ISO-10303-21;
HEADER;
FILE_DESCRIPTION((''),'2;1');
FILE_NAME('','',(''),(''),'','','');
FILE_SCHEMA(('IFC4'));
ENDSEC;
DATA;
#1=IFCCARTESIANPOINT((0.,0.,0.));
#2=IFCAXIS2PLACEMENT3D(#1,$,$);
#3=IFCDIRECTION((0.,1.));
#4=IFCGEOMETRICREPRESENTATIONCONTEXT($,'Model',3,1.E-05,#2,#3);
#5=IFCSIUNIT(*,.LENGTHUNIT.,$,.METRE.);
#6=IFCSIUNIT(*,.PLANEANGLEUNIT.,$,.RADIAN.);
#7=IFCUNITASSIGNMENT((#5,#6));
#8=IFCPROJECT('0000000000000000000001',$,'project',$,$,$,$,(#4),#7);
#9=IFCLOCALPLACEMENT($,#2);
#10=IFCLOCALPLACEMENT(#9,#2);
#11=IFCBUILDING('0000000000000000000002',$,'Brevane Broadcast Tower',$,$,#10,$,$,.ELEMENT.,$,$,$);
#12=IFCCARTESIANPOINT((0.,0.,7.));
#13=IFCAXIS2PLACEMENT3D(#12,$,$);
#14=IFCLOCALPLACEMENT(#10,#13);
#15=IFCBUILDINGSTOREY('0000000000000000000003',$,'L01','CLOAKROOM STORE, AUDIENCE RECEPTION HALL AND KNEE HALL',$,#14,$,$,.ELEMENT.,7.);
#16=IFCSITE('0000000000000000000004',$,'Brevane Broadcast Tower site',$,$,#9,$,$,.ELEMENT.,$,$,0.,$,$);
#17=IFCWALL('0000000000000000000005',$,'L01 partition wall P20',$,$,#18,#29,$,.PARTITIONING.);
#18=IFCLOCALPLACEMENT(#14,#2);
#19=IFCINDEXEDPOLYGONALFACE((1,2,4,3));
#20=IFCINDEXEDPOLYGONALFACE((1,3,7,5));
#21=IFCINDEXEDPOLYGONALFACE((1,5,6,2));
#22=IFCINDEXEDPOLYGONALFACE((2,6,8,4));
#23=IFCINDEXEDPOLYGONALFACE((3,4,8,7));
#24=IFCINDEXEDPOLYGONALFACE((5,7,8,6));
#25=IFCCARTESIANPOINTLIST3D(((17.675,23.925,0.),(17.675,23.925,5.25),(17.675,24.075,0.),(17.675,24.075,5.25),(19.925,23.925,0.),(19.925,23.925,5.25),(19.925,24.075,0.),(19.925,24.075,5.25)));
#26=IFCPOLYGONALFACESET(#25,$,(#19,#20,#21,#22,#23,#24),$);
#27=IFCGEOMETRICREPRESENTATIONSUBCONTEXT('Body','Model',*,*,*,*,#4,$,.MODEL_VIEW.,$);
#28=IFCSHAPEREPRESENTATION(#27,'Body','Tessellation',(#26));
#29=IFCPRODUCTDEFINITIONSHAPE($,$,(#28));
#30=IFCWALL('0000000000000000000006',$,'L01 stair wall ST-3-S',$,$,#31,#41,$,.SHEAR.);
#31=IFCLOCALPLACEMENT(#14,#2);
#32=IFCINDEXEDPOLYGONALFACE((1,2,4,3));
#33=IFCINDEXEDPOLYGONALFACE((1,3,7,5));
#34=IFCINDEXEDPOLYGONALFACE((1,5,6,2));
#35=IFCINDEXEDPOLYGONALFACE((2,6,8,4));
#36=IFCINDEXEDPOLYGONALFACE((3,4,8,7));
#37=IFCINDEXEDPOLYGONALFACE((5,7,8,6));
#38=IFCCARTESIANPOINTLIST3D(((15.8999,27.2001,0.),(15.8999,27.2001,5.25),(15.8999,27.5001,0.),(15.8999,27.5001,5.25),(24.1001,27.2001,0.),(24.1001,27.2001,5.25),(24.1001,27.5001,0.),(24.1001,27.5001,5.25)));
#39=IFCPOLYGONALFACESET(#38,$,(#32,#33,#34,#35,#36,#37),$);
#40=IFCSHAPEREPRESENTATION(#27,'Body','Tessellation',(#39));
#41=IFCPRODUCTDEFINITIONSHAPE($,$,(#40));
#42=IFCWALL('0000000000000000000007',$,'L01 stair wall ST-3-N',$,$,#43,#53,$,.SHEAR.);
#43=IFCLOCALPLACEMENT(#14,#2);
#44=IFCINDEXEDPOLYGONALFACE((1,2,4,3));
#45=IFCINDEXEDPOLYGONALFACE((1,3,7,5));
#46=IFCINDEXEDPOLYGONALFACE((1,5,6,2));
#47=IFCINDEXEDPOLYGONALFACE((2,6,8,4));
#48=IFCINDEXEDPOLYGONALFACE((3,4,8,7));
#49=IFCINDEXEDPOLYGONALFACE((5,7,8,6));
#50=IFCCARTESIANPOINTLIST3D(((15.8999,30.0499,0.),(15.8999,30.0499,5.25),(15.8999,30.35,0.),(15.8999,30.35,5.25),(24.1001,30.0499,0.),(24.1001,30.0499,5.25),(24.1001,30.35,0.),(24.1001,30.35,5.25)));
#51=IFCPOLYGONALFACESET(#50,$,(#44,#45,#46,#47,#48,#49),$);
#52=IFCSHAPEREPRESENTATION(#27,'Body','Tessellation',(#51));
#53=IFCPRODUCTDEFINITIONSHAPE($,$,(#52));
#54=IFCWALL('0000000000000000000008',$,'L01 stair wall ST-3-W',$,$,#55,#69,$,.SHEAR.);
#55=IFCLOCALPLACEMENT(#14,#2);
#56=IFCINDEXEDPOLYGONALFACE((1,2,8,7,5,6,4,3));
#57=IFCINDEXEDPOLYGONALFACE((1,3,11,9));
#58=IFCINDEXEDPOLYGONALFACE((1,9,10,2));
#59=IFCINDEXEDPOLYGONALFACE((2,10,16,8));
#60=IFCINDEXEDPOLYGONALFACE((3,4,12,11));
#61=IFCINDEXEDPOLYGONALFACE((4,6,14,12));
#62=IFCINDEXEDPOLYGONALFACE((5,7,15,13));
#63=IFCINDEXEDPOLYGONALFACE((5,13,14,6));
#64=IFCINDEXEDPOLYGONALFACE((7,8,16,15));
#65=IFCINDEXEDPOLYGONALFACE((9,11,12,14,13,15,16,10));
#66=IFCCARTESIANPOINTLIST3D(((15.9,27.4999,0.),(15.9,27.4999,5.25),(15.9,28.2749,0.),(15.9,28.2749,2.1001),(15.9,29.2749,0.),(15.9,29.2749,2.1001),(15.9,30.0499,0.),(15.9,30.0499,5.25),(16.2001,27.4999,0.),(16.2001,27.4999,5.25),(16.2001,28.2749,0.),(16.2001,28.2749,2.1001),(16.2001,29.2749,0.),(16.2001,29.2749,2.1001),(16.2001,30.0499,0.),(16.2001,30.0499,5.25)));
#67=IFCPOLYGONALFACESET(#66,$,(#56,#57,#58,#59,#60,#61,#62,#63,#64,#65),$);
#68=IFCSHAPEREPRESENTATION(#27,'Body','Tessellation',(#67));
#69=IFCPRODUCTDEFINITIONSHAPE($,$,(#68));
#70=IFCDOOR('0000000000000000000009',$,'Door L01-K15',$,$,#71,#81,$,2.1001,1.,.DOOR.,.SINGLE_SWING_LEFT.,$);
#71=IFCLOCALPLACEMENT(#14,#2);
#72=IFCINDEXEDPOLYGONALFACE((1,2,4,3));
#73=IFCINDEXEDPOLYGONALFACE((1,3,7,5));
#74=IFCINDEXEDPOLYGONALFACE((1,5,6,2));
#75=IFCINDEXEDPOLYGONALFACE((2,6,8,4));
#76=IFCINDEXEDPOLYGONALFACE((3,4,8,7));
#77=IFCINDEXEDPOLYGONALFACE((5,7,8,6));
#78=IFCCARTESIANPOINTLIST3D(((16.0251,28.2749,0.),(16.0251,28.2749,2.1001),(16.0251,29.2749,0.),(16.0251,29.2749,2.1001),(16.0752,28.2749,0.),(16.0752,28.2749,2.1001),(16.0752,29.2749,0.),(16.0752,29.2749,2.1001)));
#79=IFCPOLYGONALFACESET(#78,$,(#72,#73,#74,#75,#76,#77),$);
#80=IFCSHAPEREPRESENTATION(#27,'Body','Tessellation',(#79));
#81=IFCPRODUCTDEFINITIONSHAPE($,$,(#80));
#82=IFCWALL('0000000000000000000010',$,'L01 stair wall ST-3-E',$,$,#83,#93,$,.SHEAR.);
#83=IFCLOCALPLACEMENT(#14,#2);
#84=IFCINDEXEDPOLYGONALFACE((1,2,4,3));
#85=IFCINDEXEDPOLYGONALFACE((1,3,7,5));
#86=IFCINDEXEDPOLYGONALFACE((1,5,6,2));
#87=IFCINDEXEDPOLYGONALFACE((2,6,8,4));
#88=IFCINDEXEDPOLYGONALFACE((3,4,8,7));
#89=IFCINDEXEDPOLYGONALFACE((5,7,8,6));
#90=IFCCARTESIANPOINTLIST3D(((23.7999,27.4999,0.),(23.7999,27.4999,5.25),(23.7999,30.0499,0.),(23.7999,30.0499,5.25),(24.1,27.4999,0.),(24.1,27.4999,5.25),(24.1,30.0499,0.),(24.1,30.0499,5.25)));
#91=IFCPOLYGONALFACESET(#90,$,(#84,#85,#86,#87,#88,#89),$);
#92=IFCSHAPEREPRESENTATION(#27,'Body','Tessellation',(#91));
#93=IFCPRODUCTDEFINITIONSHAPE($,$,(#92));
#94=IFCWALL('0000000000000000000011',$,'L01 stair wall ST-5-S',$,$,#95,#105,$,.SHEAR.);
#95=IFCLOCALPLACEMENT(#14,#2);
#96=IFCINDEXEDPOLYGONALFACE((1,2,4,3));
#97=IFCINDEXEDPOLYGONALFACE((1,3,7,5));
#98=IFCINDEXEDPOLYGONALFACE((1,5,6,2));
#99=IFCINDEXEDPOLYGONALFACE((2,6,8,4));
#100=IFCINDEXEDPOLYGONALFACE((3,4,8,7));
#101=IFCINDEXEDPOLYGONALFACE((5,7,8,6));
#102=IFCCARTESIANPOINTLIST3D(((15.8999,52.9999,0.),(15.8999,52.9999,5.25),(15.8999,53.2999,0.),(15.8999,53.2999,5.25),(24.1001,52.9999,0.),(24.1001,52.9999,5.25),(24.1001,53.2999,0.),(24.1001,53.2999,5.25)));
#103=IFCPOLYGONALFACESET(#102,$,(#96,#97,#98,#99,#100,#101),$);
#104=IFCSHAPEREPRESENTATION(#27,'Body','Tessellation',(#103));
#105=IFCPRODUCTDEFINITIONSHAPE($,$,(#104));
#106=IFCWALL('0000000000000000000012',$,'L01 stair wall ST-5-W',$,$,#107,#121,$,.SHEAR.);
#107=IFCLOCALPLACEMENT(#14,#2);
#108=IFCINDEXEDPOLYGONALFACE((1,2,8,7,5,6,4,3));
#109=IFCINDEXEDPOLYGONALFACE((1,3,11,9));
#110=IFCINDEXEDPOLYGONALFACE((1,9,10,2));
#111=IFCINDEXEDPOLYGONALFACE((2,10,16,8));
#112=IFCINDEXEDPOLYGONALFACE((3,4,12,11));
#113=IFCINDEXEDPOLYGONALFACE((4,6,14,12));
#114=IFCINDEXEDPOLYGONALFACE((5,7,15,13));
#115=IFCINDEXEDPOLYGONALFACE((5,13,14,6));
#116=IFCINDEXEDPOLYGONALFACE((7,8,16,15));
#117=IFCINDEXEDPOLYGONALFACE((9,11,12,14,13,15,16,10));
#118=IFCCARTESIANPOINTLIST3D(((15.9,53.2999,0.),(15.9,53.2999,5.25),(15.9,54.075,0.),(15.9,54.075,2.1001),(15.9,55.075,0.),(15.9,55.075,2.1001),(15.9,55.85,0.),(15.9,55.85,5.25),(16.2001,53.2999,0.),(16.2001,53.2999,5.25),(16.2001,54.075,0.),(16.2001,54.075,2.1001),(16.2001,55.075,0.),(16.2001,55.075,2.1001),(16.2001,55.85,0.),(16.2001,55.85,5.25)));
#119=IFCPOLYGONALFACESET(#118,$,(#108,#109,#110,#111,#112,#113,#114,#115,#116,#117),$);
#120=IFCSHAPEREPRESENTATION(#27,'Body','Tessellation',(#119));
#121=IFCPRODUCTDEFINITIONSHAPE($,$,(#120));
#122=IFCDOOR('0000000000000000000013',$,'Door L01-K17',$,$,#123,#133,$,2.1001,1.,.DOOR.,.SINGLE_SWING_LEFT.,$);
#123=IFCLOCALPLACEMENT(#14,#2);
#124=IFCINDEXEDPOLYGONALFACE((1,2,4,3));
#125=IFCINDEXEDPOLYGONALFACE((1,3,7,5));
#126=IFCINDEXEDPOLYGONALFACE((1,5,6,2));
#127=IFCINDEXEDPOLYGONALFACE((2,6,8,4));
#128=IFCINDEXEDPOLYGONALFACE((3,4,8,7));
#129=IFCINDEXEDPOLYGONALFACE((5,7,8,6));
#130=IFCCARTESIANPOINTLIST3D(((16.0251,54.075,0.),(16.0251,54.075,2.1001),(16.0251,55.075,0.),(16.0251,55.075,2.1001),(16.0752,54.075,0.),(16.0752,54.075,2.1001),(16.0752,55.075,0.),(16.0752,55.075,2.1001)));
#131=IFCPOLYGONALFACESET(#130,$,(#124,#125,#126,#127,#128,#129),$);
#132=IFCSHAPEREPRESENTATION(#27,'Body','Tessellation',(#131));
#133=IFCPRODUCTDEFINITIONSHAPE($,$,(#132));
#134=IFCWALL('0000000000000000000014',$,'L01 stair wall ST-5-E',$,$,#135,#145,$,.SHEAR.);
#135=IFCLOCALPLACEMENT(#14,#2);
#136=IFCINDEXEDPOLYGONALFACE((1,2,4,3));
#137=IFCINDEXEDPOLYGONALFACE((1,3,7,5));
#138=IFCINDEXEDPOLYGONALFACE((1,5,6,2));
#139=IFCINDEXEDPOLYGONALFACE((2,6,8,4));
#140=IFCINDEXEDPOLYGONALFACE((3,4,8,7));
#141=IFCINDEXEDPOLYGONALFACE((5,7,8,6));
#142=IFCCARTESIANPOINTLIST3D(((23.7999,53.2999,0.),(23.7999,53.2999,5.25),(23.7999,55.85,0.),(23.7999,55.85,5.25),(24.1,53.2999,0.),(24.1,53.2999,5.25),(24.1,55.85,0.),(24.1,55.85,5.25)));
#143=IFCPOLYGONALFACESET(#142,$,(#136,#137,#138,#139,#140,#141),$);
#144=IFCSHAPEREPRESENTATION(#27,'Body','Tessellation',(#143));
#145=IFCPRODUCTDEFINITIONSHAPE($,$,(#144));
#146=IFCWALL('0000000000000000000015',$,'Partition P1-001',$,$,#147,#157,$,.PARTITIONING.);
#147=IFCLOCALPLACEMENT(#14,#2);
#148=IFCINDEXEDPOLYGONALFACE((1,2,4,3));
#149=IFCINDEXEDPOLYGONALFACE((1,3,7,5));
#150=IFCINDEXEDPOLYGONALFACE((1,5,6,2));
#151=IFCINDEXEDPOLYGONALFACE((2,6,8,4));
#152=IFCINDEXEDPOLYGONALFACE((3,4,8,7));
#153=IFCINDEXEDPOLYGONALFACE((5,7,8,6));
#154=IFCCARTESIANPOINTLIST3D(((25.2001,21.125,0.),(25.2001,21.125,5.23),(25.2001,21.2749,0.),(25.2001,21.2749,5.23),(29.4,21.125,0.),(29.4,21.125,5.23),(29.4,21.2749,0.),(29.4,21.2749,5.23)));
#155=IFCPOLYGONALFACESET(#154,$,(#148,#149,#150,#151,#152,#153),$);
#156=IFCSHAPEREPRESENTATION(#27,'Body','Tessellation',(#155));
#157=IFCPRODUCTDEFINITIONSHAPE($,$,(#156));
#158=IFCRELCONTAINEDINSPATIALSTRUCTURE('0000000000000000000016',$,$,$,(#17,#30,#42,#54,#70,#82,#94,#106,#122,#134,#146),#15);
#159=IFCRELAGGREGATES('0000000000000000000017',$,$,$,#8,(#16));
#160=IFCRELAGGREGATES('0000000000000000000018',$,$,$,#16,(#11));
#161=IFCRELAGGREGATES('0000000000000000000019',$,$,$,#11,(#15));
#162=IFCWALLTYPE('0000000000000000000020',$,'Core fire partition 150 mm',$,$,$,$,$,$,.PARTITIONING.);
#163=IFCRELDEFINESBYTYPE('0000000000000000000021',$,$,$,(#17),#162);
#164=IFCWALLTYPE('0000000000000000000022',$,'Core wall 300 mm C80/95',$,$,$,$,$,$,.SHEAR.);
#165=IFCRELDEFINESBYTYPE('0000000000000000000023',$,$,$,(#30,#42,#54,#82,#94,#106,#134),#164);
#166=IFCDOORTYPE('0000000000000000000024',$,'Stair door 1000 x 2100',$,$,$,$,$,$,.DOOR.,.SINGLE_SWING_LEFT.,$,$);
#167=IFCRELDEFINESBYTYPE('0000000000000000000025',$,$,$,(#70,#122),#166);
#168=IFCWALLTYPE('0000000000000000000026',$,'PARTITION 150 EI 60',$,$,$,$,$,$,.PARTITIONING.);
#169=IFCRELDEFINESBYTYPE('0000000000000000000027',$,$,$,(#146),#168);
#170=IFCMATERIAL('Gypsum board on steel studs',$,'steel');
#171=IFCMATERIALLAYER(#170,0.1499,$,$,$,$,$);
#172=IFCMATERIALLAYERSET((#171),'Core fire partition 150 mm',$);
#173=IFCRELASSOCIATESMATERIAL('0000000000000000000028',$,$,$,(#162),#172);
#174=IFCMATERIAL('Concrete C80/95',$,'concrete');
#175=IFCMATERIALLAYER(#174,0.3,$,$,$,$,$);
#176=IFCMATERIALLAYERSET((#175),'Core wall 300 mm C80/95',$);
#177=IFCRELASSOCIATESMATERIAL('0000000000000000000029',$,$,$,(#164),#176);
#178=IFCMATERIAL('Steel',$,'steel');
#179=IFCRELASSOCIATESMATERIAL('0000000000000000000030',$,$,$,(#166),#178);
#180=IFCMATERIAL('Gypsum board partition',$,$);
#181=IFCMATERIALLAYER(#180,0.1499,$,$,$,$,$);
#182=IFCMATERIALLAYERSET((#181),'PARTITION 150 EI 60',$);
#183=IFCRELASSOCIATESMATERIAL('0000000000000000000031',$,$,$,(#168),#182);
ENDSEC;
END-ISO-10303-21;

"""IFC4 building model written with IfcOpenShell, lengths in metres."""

from ifc_helpers import new_model, si_unit, direction, frame, frame_2d, origin, place, context, subcontext, project, spatial, rectangle, extrude, material, layer, layer_set, type_object, element, fill, save


model = new_model("IFC4")

# Units and contexts
model_context = context("Model", 3, precision=1e-05, world=origin(), true_north=direction((0.0, 1.0)))
body_context = subcontext(model_context, "Body", "Model", "MODEL_VIEW")
ifc_project = project(units=[si_unit("LENGTHUNIT", "METRE"), si_unit("PLANEANGLEUNIT", "RADIAN")], contexts=[model_context])

# Site, building, storey
site_placement = place(None, origin())
site = spatial("IfcSite", under=ifc_project, at=site_placement, Name="Brevane Broadcast Tower site", CompositionType="ELEMENT", RefElevation=0.0)
building_placement = place(site_placement, origin())
building = spatial("IfcBuilding", under=site, at=building_placement, Name="Brevane Broadcast Tower", CompositionType="ELEMENT")
storey_placement = place(building_placement, frame((0.0, 0.0, 7.0)))
storey = spatial("IfcBuildingStorey", under=building, at=storey_placement, Name="L01", Description="CLOAKROOM STORE, AUDIENCE RECEPTION HALL AND KNEE HALL", CompositionType="ELEMENT", Elevation=7.0)

# Shared definitions
ifc_material_1 = material(Name="Concrete C80/95", Category="concrete")

# Shared definitions
ifc_material_2 = material(Name="Gypsum board on steel studs", Category="steel")
ifc_layer_1 = layer(ifc_material_2, 0.1499)
ifc_layer_set_1 = layer_set([ifc_layer_1], Name="Core fire partition 150 mm")
wall_type_1 = type_object("IfcWallType", Name="Core fire partition 150 mm", PredefinedType="PARTITIONING", material=ifc_layer_set_1)

# Shared definitions
ifc_material_3 = material(Name="Steel", Category="steel")

# Walls
wall_1_placement = place(storey_placement, frame((17.675, 24.0, 0.0), z_axis=(0.0, 0.0, 1.0), x_axis=(1.0, 0.0, 0.0)))
element("IfcWall", 1, at=wall_1_placement, inside=storey, type_object=wall_type_1, Name="L01 partition wall P20", PredefinedType="PARTITIONING", context=body_context, shape_type="SweptSolid", body=[
    extrude(rectangle(XDim=2.25, YDim=0.1499, at=frame_2d((1.125, 0.0))), origin(), (0.0, 0.0, 1.0), 5.25),
])
ifc_layer_2 = layer(ifc_material_1, 0.3)
ifc_layer_set_2 = layer_set([ifc_layer_2], Name="Core wall 300 mm C80/95")
wall_type_2 = type_object("IfcWallType", Name="Core wall 300 mm C80/95", PredefinedType="SHEAR", material=ifc_layer_set_2)
for number, where, z_axis, x_axis, name in (
    (2, (15.8999, 27.3501, 0.0), (0.0, 0.0, 1.0), (1.0, 0.0, 0.0), "L01 stair wall ST-3-S"),
    (3, (15.8999, 30.2, 0.0), (0.0, 0.0, 1.0), (1.0, 0.0, 0.0), "L01 stair wall ST-3-N"),
):
    element("IfcWall", number, at=place(storey_placement, frame(where, z_axis=z_axis, x_axis=x_axis)), inside=storey, type_object=wall_type_2, Name=name, PredefinedType="SHEAR", context=body_context, shape_type="SweptSolid", body=[
        extrude(rectangle(XDim=8.2002, YDim=0.3, at=frame_2d((4.1001, 0.0))), origin(), (0.0, 0.0, 1.0), 5.25),
    ])

# Wall, opening, door
wall_2_placement = place(storey_placement, frame((16.05, 27.5, 0.0), z_axis=(0.0, 0.0, 1.0), x_axis=(0.0, 1.0, 0.0)))
wall_2 = element("IfcWall", 4, at=wall_2_placement, inside=storey, type_object=wall_type_2, Name="L01 stair wall ST-3-W", PredefinedType="SHEAR", context=body_context, shape_type="SweptSolid", body=[
    extrude(rectangle(XDim=2.55, YDim=0.3, at=frame_2d((1.2749, 0.0))), origin(), (0.0, 0.0, 1.0), 5.25),
])
opening_1_placement = place(wall_2_placement, frame((0.7749, 0.0, 0.0)))
opening_1 = element("IfcOpeningElement", 5, at=opening_1_placement, cuts=wall_2, PredefinedType="OPENING", context=body_context, shape_type="SweptSolid", body=[
    extrude(rectangle(XDim=1.0, YDim=2.1001, at=frame_2d((0.5, 1.05))), frame((0.0, 0.1599, 0.0), z_axis=(0.0, -1.0, 0.0), x_axis=(1.0, 0.0, 0.0)), (0.0, 0.0, 1.0), 0.3201),
])
door_type_1 = type_object("IfcDoorType", Name="Stair door 1000 x 2100", OperationType="SINGLE_SWING_LEFT", PredefinedType="DOOR", material=ifc_material_3)
door_1_placement = place(opening_1_placement, origin())
door_1 = element("IfcDoor", 6, at=door_1_placement, inside=storey, type_object=door_type_1, Name="Door L01-K15", OperationType="SINGLE_SWING_LEFT", OverallHeight=2.1001, OverallWidth=1.0, PredefinedType="DOOR", context=body_context, shape_type="SweptSolid", body=[
    extrude(rectangle(XDim=1.0, YDim=2.1001, at=frame_2d((0.5, 1.05))), frame((0.0, 0.0249, 0.0), z_axis=(0.0, -1.0, 0.0), x_axis=(1.0, 0.0, 0.0)), (0.0, 0.0, 1.0), 0.05),
])
fill(opening_1, door_1)

# Walls
wall_3_placement = place(storey_placement, frame((23.95, 27.5, 0.0), z_axis=(0.0, 0.0, 1.0), x_axis=(0.0, 1.0, 0.0)))
element("IfcWall", 7, at=wall_3_placement, inside=storey, type_object=wall_type_2, Name="L01 stair wall ST-3-E", PredefinedType="SHEAR", context=body_context, shape_type="SweptSolid", body=[
    extrude(rectangle(XDim=2.55, YDim=0.3, at=frame_2d((1.2749, 0.0))), origin(), (0.0, 0.0, 1.0), 5.25),
])
wall_4_placement = place(storey_placement, frame((15.8999, 53.1499, 0.0), z_axis=(0.0, 0.0, 1.0), x_axis=(1.0, 0.0, 0.0)))
element("IfcWall", 8, at=wall_4_placement, inside=storey, type_object=wall_type_2, Name="L01 stair wall ST-5-S", PredefinedType="SHEAR", context=body_context, shape_type="SweptSolid", body=[
    extrude(rectangle(XDim=8.2002, YDim=0.3, at=frame_2d((4.1001, 0.0))), origin(), (0.0, 0.0, 1.0), 5.25),
])

# Wall, opening, door
wall_5_placement = place(storey_placement, frame((16.05, 53.3, 0.0), z_axis=(0.0, 0.0, 1.0), x_axis=(0.0, 1.0, 0.0)))
wall_5 = element("IfcWall", 9, at=wall_5_placement, inside=storey, type_object=wall_type_2, Name="L01 stair wall ST-5-W", PredefinedType="SHEAR", context=body_context, shape_type="SweptSolid", body=[
    extrude(rectangle(XDim=2.55, YDim=0.3, at=frame_2d((1.2749, 0.0))), origin(), (0.0, 0.0, 1.0), 5.25),
])
opening_2_placement = place(wall_5_placement, frame((0.7749, 0.0, 0.0)))
opening_2 = element("IfcOpeningElement", 10, at=opening_2_placement, cuts=wall_5, PredefinedType="OPENING", context=body_context, shape_type="SweptSolid", body=[
    extrude(rectangle(XDim=1.0, YDim=2.1001, at=frame_2d((0.5, 1.05))), frame((0.0, 0.1599, 0.0), z_axis=(0.0, -1.0, 0.0), x_axis=(1.0, 0.0, 0.0)), (0.0, 0.0, 1.0), 0.3201),
])
door_2_placement = place(opening_2_placement, origin())
door_2 = element("IfcDoor", 11, at=door_2_placement, inside=storey, type_object=door_type_1, Name="Door L01-K17", OperationType="SINGLE_SWING_LEFT", OverallHeight=2.1001, OverallWidth=1.0, PredefinedType="DOOR", context=body_context, shape_type="SweptSolid", body=[
    extrude(rectangle(XDim=1.0, YDim=2.1001, at=frame_2d((0.5, 1.05))), frame((0.0, 0.0249, 0.0), z_axis=(0.0, -1.0, 0.0), x_axis=(1.0, 0.0, 0.0)), (0.0, 0.0, 1.0), 0.05),
])
fill(opening_2, door_2)

# Walls
wall_6_placement = place(storey_placement, frame((23.95, 53.3, 0.0), z_axis=(0.0, 0.0, 1.0), x_axis=(0.0, 1.0, 0.0)))
element("IfcWall", 12, at=wall_6_placement, inside=storey, type_object=wall_type_2, Name="L01 stair wall ST-5-E", PredefinedType="SHEAR", context=body_context, shape_type="SweptSolid", body=[
    extrude(rectangle(XDim=2.55, YDim=0.3, at=frame_2d((1.2749, 0.0))), origin(), (0.0, 0.0, 1.0), 5.25),
])
ifc_material_4 = material(Name="Gypsum board partition")
ifc_layer_3 = layer(ifc_material_4, 0.1499)
ifc_layer_set_3 = layer_set([ifc_layer_3], Name="PARTITION 150 EI 60")
wall_type_3 = type_object("IfcWallType", Name="PARTITION 150 EI 60", PredefinedType="PARTITIONING", material=ifc_layer_set_3)
wall_7_placement = place(storey_placement, frame((25.2, 21.2, 0.0), z_axis=(0.0, 0.0, 1.0), x_axis=(1.0, 0.0, 0.0)))
element("IfcWall", 13, at=wall_7_placement, inside=storey, type_object=wall_type_3, Name="Partition P1-001", PredefinedType="PARTITIONING", context=body_context, shape_type="SweptSolid", body=[
    extrude(rectangle(XDim=4.2, YDim=0.1499, at=frame_2d((2.1001, 0.0))), origin(), (0.0, 0.0, 1.0), 5.23),
])

save(model, "model.ifc")
